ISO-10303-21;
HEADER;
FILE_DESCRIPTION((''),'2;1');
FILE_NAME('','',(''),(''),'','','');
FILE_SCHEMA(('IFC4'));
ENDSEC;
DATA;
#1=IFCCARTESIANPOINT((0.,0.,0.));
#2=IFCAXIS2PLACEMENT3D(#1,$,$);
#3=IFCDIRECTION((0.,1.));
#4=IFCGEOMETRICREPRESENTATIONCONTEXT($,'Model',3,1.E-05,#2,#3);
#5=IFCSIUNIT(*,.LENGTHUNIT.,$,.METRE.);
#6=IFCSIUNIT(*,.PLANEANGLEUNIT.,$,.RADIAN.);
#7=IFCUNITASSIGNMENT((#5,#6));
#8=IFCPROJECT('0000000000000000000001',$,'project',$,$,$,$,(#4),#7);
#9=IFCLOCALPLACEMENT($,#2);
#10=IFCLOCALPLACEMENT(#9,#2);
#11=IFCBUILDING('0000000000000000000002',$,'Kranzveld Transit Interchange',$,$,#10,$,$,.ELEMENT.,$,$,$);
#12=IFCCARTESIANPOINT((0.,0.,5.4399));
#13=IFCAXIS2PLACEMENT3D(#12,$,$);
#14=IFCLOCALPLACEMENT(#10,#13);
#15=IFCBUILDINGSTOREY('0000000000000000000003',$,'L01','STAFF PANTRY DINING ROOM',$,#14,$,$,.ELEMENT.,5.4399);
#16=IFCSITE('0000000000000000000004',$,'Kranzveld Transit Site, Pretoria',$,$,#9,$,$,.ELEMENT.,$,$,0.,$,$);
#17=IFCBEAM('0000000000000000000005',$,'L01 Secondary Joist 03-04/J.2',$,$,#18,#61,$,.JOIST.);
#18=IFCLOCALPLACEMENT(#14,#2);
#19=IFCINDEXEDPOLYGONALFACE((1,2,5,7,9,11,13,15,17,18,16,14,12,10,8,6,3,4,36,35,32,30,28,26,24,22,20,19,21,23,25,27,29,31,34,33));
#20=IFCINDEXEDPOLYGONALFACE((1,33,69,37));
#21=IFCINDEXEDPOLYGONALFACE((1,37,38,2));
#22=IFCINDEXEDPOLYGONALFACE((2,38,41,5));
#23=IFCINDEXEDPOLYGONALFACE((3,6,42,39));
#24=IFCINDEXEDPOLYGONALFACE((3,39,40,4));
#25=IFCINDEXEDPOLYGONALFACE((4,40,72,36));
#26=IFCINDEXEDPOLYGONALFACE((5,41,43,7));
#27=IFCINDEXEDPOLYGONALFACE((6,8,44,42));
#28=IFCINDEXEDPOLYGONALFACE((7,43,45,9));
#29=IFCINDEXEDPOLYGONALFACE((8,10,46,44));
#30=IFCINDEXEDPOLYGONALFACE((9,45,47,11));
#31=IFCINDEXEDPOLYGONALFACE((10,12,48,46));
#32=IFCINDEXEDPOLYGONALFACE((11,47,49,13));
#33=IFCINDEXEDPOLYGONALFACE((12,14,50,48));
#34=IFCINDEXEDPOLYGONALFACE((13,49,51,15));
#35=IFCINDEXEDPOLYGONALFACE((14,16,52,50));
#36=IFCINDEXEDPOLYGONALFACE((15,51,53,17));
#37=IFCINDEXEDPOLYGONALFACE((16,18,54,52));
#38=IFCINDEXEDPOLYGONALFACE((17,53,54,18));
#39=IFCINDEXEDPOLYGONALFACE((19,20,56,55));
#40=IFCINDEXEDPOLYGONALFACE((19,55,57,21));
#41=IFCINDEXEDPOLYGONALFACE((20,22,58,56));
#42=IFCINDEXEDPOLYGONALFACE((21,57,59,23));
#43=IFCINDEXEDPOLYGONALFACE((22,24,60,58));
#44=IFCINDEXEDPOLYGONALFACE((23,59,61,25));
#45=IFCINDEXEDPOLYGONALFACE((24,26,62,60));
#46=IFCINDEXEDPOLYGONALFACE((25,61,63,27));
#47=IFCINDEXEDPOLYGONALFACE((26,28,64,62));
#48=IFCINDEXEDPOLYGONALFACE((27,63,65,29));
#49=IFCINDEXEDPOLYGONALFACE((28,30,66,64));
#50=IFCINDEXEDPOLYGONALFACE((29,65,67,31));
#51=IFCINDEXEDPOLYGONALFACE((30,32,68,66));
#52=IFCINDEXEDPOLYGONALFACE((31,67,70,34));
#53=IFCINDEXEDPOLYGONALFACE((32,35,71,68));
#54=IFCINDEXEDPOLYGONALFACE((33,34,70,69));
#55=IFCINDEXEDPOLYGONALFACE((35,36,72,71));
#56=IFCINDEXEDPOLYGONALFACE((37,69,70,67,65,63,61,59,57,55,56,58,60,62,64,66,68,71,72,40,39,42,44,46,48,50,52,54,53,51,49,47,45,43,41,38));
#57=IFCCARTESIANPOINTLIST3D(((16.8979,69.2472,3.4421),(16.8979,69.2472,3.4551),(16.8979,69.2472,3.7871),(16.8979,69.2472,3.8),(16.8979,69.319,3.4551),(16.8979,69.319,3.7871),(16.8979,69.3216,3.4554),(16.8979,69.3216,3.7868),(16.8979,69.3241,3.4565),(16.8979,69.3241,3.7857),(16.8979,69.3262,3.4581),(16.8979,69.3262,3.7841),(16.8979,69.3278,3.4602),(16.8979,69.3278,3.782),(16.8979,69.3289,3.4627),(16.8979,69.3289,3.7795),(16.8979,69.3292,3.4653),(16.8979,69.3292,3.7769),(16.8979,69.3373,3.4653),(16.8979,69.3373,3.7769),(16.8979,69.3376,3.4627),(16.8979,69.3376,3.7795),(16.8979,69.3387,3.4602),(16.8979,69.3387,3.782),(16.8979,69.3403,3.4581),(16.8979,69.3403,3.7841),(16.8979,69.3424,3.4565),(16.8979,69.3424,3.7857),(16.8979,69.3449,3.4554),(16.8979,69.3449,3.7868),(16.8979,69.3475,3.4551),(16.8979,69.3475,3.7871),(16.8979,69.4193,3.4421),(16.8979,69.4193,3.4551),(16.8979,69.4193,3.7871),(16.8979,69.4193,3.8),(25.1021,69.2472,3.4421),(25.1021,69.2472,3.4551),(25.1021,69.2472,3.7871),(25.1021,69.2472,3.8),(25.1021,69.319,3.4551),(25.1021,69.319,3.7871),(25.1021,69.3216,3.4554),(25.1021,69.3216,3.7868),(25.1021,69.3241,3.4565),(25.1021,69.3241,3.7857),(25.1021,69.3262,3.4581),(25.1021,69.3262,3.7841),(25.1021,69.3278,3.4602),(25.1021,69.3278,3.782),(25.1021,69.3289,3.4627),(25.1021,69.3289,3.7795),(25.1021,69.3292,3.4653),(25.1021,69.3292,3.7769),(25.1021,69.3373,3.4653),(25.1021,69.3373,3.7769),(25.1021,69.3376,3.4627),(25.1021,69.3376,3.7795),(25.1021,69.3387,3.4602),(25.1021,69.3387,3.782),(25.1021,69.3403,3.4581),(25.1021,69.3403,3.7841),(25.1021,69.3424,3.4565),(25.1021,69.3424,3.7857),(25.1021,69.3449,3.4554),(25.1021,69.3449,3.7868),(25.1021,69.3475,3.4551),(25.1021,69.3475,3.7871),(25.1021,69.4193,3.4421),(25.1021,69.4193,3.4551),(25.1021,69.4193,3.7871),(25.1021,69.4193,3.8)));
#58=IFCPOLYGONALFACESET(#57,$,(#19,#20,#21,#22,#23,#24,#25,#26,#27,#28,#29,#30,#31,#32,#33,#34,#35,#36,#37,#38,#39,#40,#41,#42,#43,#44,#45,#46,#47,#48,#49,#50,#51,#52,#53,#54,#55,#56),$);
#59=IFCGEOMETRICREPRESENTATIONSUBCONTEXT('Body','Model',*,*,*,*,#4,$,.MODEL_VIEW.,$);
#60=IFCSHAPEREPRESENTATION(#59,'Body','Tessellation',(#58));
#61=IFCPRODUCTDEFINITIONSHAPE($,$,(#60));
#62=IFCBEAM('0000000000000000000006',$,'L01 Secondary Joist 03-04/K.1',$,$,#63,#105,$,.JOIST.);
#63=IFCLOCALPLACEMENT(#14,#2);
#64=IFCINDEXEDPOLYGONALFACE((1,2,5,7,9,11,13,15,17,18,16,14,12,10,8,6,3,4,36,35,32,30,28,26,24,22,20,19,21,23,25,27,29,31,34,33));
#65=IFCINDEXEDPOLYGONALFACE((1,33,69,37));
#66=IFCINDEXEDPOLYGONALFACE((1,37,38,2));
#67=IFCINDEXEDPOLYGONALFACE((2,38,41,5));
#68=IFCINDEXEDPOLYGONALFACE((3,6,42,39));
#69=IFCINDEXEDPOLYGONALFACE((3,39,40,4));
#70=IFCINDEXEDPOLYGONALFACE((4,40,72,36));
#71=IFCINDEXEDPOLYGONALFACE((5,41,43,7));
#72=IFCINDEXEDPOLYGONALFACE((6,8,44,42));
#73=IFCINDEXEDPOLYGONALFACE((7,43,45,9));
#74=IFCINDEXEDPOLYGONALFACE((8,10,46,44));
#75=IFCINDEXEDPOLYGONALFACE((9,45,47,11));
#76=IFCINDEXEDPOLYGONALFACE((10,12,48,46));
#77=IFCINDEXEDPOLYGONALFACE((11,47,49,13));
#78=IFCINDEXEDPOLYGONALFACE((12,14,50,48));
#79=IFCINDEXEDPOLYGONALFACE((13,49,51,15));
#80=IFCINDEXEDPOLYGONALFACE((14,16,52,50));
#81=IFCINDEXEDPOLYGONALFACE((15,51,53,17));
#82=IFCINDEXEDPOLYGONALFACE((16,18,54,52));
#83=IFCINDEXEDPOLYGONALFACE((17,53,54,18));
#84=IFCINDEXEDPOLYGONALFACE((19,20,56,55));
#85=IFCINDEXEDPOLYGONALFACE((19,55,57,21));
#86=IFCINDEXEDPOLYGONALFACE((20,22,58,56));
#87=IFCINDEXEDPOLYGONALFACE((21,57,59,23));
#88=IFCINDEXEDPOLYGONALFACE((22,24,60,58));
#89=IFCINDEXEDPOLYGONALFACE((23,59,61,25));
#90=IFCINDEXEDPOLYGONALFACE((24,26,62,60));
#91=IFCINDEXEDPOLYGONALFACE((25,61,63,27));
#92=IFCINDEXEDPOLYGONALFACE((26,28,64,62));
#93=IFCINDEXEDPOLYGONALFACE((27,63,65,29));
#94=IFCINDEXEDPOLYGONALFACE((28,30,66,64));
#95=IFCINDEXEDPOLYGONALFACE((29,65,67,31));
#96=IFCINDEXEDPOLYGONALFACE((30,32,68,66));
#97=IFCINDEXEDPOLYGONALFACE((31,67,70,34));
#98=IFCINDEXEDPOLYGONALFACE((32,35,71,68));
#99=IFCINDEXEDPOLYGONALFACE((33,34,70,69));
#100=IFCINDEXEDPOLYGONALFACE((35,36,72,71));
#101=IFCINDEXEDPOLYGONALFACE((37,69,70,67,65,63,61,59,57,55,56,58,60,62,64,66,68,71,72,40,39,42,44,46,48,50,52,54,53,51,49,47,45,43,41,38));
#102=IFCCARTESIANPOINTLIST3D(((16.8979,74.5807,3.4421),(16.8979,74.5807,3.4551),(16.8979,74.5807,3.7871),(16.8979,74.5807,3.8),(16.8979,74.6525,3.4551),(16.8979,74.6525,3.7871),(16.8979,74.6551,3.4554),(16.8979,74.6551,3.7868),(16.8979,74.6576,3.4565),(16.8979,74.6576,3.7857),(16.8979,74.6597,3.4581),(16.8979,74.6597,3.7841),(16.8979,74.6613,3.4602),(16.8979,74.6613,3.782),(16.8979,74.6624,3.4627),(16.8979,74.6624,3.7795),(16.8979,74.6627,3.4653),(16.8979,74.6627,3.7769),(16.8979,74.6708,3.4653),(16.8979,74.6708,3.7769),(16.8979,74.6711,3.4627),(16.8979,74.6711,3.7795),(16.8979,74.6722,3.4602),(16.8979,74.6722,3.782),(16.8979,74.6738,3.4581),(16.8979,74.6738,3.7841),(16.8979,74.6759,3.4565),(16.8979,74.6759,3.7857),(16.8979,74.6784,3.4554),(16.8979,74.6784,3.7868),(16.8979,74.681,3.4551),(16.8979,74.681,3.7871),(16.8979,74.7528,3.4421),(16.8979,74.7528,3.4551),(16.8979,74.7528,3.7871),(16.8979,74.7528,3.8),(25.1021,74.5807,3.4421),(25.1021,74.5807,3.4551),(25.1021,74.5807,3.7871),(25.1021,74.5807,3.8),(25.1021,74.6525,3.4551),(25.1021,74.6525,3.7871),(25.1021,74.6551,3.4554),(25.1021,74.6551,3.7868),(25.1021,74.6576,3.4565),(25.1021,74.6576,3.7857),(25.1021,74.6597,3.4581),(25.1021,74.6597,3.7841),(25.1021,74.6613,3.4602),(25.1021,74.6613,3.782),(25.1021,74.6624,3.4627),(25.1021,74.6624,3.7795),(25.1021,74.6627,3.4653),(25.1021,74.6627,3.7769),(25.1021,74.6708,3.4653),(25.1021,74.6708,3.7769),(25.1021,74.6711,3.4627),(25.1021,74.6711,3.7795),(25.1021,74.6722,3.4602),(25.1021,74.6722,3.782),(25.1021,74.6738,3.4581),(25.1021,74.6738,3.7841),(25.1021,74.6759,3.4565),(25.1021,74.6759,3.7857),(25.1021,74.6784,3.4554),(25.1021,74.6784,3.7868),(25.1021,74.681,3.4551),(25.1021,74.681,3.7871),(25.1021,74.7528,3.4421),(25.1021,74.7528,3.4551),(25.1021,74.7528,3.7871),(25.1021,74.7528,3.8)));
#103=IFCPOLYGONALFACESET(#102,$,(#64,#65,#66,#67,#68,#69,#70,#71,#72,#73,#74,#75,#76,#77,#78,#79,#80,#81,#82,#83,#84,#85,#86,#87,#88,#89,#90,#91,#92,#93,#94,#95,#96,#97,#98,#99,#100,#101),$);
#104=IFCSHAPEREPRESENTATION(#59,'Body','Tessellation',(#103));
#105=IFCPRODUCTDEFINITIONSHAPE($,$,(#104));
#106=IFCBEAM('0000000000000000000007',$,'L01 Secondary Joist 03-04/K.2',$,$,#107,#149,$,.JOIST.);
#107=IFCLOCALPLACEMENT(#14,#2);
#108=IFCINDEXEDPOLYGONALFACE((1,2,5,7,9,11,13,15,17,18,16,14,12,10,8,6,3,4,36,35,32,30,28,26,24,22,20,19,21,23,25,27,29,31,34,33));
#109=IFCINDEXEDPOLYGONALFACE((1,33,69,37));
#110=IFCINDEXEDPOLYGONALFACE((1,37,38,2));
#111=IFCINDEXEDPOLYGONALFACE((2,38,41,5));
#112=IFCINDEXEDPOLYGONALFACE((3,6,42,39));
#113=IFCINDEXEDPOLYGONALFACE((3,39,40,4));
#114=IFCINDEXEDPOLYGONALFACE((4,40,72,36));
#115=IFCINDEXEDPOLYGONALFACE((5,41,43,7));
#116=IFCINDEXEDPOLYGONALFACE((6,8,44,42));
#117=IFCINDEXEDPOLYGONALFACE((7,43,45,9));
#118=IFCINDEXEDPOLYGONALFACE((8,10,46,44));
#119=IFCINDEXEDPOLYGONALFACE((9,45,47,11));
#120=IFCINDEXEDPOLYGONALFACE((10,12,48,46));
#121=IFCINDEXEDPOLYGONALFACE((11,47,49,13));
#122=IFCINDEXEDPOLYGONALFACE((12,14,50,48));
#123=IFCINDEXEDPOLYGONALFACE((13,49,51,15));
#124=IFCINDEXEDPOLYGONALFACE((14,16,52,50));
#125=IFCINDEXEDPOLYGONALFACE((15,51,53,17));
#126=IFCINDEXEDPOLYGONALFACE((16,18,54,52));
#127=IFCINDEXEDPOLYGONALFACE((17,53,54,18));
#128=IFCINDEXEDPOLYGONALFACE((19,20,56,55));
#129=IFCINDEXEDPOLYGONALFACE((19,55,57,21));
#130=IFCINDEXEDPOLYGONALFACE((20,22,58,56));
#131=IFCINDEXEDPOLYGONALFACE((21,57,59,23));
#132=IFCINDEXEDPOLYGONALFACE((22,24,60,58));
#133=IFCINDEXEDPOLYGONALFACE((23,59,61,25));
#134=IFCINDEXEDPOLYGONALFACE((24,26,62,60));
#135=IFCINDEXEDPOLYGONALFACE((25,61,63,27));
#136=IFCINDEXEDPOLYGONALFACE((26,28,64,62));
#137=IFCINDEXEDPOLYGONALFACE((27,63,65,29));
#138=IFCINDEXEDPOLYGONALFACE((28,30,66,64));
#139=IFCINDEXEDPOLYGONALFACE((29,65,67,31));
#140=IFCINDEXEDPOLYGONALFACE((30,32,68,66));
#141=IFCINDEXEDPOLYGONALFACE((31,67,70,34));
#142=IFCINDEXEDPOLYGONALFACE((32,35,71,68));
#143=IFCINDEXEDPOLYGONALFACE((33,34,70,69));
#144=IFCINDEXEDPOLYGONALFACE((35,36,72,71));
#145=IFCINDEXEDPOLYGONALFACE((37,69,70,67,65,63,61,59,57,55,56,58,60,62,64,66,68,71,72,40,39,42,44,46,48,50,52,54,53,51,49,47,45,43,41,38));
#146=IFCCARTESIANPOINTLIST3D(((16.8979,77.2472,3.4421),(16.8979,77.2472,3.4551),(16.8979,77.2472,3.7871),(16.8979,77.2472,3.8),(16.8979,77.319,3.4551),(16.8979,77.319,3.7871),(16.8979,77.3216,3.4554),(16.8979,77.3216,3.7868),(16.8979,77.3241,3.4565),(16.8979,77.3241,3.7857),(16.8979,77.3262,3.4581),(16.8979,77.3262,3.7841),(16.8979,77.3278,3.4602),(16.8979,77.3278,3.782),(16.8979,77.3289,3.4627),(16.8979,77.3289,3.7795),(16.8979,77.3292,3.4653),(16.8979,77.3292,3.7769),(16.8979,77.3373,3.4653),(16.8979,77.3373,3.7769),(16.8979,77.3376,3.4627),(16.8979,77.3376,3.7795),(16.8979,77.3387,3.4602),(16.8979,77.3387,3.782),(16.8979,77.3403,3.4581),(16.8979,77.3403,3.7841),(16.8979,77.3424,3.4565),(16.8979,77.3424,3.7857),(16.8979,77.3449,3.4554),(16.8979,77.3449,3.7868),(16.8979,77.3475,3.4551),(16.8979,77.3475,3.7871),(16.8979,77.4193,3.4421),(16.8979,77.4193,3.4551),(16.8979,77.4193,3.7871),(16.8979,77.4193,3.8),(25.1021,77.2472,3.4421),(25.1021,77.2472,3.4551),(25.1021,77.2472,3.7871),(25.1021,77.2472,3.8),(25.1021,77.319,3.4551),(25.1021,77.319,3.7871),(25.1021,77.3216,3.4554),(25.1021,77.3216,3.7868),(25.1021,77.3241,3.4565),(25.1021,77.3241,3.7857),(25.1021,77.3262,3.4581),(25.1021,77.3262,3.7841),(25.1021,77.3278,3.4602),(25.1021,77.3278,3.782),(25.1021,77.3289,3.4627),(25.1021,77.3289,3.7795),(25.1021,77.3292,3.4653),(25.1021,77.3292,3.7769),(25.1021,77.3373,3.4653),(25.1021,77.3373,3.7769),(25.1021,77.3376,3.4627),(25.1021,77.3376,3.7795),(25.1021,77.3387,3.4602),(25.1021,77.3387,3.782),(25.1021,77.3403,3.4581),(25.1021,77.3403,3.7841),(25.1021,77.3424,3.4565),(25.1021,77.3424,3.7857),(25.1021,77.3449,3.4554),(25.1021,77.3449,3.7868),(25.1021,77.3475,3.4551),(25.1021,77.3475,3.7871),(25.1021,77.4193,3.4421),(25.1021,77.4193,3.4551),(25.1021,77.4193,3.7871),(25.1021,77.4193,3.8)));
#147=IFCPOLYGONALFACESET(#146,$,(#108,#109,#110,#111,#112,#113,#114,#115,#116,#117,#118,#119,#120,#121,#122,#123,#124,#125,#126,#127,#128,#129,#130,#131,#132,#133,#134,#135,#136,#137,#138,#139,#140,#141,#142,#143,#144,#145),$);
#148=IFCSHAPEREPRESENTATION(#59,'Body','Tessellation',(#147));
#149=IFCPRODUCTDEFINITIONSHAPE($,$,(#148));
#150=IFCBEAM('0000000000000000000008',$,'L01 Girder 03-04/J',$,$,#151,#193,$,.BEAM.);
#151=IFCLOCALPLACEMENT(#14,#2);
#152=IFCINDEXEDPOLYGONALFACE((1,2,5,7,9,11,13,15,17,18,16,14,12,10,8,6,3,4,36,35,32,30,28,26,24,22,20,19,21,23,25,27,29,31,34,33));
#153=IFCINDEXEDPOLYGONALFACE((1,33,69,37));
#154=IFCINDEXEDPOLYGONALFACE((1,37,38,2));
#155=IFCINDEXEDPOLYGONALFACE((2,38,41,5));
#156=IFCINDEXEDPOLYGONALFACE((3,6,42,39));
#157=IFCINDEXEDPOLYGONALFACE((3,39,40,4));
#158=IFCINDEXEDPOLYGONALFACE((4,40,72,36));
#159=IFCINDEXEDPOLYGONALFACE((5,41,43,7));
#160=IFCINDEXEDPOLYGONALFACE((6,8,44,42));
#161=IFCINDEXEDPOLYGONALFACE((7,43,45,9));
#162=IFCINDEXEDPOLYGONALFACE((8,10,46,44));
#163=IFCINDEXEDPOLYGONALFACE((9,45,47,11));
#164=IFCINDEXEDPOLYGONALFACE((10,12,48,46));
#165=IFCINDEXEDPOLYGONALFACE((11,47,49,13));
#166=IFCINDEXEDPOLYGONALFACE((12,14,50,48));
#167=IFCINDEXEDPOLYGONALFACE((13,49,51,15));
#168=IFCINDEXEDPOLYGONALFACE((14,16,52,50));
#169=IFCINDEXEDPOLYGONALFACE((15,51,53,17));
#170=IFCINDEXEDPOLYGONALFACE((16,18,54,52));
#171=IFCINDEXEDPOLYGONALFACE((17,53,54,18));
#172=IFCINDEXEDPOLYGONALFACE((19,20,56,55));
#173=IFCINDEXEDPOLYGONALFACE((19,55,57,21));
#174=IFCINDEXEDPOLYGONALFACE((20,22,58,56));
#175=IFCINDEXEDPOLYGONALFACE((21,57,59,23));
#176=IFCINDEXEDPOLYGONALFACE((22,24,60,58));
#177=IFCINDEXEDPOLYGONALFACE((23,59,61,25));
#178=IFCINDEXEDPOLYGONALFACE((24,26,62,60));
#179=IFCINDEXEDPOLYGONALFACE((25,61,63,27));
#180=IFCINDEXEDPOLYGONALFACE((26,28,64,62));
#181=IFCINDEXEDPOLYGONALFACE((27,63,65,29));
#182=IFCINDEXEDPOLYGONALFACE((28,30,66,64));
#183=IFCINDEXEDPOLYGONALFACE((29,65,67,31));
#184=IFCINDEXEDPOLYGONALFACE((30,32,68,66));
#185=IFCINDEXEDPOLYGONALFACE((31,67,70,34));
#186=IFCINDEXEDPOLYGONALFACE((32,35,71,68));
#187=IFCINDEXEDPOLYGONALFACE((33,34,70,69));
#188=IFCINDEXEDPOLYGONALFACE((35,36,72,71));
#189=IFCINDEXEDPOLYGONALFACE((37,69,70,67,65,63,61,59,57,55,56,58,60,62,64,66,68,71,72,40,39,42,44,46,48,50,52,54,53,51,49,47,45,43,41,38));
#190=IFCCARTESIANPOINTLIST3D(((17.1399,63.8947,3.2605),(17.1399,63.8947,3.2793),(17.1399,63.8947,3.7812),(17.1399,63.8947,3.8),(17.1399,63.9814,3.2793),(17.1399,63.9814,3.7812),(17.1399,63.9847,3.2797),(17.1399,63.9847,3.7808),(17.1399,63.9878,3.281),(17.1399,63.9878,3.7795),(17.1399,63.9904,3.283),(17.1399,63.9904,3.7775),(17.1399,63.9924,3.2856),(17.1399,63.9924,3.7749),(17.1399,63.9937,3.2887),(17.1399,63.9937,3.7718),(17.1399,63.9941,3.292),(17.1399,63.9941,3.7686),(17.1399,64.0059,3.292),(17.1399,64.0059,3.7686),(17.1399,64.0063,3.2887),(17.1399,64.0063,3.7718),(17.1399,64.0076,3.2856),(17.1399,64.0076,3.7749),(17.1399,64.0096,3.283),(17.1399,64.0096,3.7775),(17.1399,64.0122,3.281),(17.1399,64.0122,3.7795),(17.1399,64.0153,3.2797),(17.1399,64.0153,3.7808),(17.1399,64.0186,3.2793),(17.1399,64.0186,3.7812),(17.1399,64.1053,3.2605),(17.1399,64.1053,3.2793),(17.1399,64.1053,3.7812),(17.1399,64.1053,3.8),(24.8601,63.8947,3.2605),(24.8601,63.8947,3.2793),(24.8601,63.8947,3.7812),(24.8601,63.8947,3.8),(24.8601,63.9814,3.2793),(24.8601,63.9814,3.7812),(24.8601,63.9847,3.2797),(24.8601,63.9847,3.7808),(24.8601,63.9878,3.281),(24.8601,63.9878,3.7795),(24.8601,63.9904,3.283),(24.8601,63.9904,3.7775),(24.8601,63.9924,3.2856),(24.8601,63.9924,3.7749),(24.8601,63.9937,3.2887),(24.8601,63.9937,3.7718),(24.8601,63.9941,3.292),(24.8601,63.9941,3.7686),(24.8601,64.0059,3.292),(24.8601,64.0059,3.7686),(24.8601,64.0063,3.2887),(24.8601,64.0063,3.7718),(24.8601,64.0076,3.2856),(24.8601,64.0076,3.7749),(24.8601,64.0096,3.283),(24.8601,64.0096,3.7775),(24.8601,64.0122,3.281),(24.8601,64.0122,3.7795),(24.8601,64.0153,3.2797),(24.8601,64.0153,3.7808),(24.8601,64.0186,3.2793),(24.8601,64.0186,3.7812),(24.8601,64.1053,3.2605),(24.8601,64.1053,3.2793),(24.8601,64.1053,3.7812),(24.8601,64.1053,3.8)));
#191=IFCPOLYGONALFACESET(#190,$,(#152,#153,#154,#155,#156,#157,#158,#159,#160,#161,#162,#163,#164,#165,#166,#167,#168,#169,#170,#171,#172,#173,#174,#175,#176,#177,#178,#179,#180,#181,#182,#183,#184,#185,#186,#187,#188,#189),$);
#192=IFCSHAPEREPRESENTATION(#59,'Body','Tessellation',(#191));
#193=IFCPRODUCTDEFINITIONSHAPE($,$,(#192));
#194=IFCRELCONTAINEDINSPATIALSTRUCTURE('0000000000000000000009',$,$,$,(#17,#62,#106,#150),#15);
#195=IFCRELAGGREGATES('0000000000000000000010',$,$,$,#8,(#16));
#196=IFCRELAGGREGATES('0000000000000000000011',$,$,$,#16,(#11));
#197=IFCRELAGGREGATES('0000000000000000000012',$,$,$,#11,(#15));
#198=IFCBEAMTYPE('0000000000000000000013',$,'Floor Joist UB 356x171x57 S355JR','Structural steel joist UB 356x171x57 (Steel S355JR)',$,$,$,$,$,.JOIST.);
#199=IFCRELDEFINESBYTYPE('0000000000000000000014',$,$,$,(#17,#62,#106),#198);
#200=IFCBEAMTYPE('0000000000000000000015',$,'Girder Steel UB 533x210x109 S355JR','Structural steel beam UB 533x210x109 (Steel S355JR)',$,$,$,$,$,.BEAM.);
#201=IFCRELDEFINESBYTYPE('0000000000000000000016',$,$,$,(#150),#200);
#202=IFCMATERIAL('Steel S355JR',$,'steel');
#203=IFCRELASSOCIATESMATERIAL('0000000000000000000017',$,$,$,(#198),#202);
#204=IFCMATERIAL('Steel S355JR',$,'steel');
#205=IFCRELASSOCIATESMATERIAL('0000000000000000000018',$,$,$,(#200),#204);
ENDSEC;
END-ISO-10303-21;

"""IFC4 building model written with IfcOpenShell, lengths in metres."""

from ifc_helpers import new_model, si_unit, direction, frame, origin, origin_2d, place, context, subcontext, project, spatial, i_section, extrude, material, material_profile, profile_set, type_object, element, save


model = new_model("IFC4")

# Units and contexts
model_context = context("Model", 3, precision=1e-05, world=origin(), true_north=direction((0.0, 1.0)))
body_context = subcontext(model_context, "Body", "Model", "MODEL_VIEW")
ifc_project = project(units=[si_unit("LENGTHUNIT", "METRE"), si_unit("PLANEANGLEUNIT", "RADIAN")], contexts=[model_context])

# Site, building, storey
site_placement = place(None, origin())
site = spatial("IfcSite", under=ifc_project, at=site_placement, Name="Kranzveld Transit Site, Pretoria", CompositionType="ELEMENT", RefElevation=0.0)
building_placement = place(site_placement, origin())
building = spatial("IfcBuilding", under=site, at=building_placement, Name="Kranzveld Transit Interchange", CompositionType="ELEMENT")
storey_placement = place(building_placement, frame((0.0, 0.0, 5.4399)))
storey = spatial("IfcBuildingStorey", under=building, at=storey_placement, Name="L01", Description="STAFF PANTRY DINING ROOM", CompositionType="ELEMENT", Elevation=5.4399)

# Beams
ifc_material_1 = material(Name="Steel S355JR", Category="steel")
ifc_material_profile_1 = material_profile(ifc_material_1, i_section(OverallWidth=0.1721, OverallDepth=0.3579, WebThickness=0.0081, FlangeThickness=0.0129, FilletRadius=0.0103, at=origin_2d()), Name="UB 356x171x57")
ifc_profile_set_1 = profile_set([ifc_material_profile_1], Name="Steel S355JR")
beam_type_1 = type_object("IfcBeamType", Name="Floor Joist UB 356x171x57 S355JR", Description="Structural steel joist UB 356x171x57 (Steel S355JR)", PredefinedType="JOIST", material=ifc_profile_set_1)
for number, where, z_axis, x_axis, name in (
    (1, (16.8979, 69.3333, 3.6211), (1.0, 0.0, 0.0), (0.0, 1.0, 0.0), "L01 Secondary Joist 03-04/J.2"),
    (2, (16.8979, 74.6667, 3.6211), (1.0, 0.0, 0.0), (0.0, 1.0, 0.0), "L01 Secondary Joist 03-04/K.1"),
    (3, (16.8979, 77.3333, 3.6211), (1.0, 0.0, 0.0), (0.0, 1.0, 0.0), "L01 Secondary Joist 03-04/K.2"),
):
    element("IfcBeam", number, at=place(storey_placement, frame(where, z_axis=z_axis, x_axis=x_axis)), inside=storey, type_object=beam_type_1, Name=name, PredefinedType="JOIST", context=body_context, shape_type="SweptSolid", body=[
        extrude(i_section(OverallWidth=0.1721, OverallDepth=0.3579, WebThickness=0.0081, FlangeThickness=0.0129, FilletRadius=0.0103, at=origin_2d()), origin(), (0.0, 0.0, 1.0), 8.2041),
    ])
ifc_material_2 = material(Name="Steel S355JR", Category="steel")
ifc_material_profile_2 = material_profile(ifc_material_2, i_section(OverallWidth=0.2107, OverallDepth=0.5396, WebThickness=0.0117, FlangeThickness=0.0188, FilletRadius=0.0127, at=origin_2d()), Name="UB 533x210x109")
ifc_profile_set_2 = profile_set([ifc_material_profile_2], Name="Steel S355JR")
beam_type_2 = type_object("IfcBeamType", Name="Girder Steel UB 533x210x109 S355JR", Description="Structural steel beam UB 533x210x109 (Steel S355JR)", PredefinedType="BEAM", material=ifc_profile_set_2)
beam_1_placement = place(storey_placement, frame((17.1399, 64.0, 3.5303), z_axis=(1.0, 0.0, 0.0), x_axis=(0.0, 1.0, 0.0)))
element("IfcBeam", 4, at=beam_1_placement, inside=storey, type_object=beam_type_2, Name="L01 Girder 03-04/J", PredefinedType="BEAM", context=body_context, shape_type="SweptSolid", body=[
    extrude(i_section(OverallWidth=0.2107, OverallDepth=0.5396, WebThickness=0.0117, FlangeThickness=0.0188, FilletRadius=0.0127, at=origin_2d()), origin(), (0.0, 0.0, 1.0), 7.7202),
])

save(model, "model.ifc")
